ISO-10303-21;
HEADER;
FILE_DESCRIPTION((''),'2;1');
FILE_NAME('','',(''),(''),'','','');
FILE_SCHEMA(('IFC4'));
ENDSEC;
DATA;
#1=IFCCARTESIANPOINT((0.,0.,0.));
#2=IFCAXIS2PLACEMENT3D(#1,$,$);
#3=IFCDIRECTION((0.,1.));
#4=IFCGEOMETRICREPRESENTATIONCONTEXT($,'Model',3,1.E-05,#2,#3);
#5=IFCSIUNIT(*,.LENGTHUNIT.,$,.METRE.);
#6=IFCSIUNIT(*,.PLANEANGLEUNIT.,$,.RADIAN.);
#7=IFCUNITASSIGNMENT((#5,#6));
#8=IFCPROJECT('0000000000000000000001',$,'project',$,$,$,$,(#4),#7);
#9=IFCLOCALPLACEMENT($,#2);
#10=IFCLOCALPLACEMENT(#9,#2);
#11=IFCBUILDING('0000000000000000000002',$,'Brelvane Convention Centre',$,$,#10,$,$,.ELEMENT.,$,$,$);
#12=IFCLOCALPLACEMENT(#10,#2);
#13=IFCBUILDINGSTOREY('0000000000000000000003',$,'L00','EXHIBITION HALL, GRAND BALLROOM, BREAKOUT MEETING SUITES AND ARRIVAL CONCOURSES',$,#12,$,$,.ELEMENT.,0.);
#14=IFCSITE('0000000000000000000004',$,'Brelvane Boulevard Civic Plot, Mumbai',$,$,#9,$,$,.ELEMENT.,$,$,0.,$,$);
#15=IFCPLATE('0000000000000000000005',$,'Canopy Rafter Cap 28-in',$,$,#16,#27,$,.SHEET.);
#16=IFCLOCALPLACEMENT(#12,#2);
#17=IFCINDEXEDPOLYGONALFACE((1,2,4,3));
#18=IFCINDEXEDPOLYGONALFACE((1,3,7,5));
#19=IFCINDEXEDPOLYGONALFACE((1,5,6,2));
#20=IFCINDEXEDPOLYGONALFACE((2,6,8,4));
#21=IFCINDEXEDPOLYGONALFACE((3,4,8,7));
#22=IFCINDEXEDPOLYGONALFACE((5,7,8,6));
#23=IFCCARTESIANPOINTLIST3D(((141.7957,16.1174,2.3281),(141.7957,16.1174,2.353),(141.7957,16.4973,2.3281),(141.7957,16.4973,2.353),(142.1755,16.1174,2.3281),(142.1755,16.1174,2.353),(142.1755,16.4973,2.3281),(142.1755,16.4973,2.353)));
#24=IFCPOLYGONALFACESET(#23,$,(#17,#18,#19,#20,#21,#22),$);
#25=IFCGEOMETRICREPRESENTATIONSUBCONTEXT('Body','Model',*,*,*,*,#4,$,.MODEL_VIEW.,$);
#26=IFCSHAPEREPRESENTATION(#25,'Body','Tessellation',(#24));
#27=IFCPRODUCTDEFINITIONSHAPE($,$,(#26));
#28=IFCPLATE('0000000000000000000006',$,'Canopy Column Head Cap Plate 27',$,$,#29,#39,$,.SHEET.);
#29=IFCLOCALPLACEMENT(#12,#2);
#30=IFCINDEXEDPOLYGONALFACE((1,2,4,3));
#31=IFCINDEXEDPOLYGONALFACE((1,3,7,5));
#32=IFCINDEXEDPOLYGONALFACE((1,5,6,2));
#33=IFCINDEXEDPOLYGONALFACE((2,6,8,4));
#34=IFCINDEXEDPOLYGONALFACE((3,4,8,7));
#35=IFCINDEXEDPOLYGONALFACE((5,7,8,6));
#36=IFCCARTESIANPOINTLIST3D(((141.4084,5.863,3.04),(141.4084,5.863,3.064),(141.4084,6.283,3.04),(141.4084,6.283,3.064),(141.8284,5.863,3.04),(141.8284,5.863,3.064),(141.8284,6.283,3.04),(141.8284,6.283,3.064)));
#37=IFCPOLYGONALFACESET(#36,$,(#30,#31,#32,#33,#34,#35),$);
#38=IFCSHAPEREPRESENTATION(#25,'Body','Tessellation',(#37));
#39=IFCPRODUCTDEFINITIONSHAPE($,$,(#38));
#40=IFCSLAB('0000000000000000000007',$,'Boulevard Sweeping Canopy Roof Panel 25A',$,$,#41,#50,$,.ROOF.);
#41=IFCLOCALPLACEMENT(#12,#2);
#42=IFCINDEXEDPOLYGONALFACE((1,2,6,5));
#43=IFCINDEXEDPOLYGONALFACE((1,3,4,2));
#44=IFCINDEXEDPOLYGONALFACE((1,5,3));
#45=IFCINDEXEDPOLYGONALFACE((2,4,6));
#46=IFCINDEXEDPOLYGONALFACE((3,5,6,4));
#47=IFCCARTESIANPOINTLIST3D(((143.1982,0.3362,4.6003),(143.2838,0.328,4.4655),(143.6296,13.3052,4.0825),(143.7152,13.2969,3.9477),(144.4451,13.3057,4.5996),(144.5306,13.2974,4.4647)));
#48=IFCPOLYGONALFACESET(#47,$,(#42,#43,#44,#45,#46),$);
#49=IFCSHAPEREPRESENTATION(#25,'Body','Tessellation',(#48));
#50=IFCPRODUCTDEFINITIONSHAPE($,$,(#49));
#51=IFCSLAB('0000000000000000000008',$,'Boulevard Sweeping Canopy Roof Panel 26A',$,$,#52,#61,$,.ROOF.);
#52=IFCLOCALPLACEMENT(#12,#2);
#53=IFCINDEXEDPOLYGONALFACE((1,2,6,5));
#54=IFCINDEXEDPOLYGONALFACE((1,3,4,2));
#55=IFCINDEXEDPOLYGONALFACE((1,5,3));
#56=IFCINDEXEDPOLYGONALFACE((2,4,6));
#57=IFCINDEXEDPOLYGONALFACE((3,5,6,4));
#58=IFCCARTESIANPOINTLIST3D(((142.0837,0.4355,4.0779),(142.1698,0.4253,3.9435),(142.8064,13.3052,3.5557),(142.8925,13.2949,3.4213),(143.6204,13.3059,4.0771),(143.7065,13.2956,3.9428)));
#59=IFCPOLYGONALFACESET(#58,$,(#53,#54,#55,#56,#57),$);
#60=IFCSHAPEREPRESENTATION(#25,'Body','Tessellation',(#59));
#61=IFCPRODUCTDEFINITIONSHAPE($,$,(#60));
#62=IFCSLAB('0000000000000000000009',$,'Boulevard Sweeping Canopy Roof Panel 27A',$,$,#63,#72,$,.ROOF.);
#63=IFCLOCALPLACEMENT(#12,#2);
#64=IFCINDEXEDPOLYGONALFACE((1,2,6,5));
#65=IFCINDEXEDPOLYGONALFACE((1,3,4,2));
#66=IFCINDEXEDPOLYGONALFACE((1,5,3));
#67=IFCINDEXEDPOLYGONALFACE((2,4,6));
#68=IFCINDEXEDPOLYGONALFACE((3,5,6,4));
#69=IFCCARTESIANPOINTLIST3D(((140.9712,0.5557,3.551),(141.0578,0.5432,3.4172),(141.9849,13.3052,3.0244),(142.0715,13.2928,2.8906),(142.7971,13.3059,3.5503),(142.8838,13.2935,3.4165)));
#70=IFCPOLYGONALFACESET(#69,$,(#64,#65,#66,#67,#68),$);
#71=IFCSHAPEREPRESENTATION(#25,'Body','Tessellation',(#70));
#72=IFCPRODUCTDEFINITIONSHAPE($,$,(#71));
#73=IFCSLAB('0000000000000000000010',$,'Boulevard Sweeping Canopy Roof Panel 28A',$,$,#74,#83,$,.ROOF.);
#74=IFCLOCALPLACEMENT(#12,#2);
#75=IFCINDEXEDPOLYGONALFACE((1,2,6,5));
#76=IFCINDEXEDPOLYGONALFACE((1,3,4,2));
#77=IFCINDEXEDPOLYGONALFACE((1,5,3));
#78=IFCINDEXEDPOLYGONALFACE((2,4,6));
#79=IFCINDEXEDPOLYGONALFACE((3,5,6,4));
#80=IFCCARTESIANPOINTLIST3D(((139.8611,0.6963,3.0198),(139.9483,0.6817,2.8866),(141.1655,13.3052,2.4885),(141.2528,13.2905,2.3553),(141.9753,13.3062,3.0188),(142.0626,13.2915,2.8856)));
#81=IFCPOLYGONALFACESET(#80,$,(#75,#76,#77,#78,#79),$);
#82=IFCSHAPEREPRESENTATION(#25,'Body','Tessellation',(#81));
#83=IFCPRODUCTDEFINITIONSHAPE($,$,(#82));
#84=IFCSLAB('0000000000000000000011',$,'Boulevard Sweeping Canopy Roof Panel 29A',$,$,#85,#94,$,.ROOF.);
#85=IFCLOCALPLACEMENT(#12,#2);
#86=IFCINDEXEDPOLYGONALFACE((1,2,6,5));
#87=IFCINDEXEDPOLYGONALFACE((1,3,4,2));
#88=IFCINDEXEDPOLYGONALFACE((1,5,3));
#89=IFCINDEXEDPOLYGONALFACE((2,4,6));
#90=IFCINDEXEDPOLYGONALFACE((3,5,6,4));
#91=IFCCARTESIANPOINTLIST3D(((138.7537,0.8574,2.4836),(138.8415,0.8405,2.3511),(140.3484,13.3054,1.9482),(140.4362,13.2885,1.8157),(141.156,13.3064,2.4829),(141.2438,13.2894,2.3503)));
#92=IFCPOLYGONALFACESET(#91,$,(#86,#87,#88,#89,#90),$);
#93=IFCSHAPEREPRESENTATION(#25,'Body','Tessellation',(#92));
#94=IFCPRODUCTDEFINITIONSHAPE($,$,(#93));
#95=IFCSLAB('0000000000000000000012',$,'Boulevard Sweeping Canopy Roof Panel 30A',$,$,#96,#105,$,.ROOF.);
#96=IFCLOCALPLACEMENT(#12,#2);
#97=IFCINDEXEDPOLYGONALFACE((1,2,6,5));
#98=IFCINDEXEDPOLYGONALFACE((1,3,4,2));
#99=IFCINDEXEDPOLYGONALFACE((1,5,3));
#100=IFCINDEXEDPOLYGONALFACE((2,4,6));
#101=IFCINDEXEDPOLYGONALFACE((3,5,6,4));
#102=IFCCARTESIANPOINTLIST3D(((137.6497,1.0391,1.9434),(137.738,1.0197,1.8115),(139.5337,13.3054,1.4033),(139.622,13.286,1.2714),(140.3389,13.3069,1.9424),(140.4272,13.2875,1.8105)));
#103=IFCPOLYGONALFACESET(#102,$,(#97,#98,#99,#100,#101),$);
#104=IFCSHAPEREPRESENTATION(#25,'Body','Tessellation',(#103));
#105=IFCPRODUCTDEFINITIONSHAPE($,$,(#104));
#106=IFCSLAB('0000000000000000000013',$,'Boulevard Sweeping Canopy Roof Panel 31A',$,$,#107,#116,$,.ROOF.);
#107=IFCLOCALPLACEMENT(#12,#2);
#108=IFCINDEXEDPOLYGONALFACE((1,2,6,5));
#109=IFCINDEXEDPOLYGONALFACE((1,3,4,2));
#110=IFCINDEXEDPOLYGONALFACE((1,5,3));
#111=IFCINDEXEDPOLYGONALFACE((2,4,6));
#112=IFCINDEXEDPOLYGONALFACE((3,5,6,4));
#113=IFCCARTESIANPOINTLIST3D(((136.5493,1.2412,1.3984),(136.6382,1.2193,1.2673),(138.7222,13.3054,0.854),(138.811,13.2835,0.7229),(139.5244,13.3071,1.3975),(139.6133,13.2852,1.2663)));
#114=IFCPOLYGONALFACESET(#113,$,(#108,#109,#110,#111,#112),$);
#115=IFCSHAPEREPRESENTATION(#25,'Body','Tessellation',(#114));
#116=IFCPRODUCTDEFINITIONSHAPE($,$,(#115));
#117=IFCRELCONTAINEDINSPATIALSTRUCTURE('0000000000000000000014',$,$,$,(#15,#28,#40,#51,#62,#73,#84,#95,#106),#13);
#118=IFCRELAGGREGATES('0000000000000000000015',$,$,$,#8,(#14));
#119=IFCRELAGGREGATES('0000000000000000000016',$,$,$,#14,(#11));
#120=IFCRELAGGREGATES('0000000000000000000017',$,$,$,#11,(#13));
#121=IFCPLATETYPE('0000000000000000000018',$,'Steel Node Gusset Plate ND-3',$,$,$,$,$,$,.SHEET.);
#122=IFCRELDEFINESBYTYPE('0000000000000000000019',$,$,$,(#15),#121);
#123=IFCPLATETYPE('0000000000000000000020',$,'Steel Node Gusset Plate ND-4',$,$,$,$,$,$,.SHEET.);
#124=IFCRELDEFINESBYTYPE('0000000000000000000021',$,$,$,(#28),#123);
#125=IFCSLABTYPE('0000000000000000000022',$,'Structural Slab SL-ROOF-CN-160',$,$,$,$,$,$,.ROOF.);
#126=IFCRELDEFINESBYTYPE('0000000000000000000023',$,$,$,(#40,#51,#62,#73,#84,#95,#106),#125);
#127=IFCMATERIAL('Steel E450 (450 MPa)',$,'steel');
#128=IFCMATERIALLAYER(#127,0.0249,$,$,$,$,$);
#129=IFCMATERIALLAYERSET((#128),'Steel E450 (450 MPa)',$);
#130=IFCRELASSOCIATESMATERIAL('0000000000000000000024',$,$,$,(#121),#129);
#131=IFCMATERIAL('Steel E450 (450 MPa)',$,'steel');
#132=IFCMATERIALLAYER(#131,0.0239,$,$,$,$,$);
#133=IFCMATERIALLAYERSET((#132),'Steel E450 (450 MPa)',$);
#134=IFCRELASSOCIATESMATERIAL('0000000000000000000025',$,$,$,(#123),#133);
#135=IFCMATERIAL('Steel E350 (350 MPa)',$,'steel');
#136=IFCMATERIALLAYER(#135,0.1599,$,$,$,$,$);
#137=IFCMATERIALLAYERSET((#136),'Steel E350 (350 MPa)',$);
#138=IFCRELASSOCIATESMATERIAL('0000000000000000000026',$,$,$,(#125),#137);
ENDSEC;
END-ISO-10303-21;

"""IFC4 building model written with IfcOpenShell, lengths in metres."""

from ifc_helpers import new_model, si_unit, direction, frame, origin, origin_2d, place, context, subcontext, project, spatial, polyline, rectangle, outline, extrude, material, layer, layer_set, type_object, element, save


model = new_model("IFC4")

# Units and contexts
model_context = context("Model", 3, precision=1e-05, world=origin(), true_north=direction((0.0, 1.0)))
body_context = subcontext(model_context, "Body", "Model", "MODEL_VIEW")
ifc_project = project(units=[si_unit("LENGTHUNIT", "METRE"), si_unit("PLANEANGLEUNIT", "RADIAN")], contexts=[model_context])

# Site, building, storey
site_placement = place(None, origin())
site = spatial("IfcSite", under=ifc_project, at=site_placement, Name="Brelvane Boulevard Civic Plot, Mumbai", CompositionType="ELEMENT", RefElevation=0.0)
building_placement = place(site_placement, origin())
building = spatial("IfcBuilding", under=site, at=building_placement, Name="Brelvane Convention Centre", CompositionType="ELEMENT")
storey_placement = place(building_placement, origin())
storey = spatial("IfcBuildingStorey", under=building, at=storey_placement, Name="L00", Description="EXHIBITION HALL, GRAND BALLROOM, BREAKOUT MEETING SUITES AND ARRIVAL CONCOURSES", CompositionType="ELEMENT", Elevation=0.0)

# Plates
ifc_material_1 = material(Name="Steel E450 (450 MPa)", Category="steel")
ifc_layer_1 = layer(ifc_material_1, 0.0249)
ifc_layer_set_1 = layer_set([ifc_layer_1], Name="Steel E450 (450 MPa)")
plate_type_1 = type_object("IfcPlateType", Name="Steel Node Gusset Plate ND-3", PredefinedType="SHEET", material=ifc_layer_set_1)
for number, where, z_axis, x_axis, name in (
    (1, (141.9856, 16.3074, 2.3281), (0.0, 0.0, 1.0), (1.0, 0.0, 0.0), "Canopy Rafter Cap 28-in"),
):
    element("IfcPlate", number, at=place(storey_placement, frame(where, z_axis=z_axis, x_axis=x_axis)), inside=storey, type_object=plate_type_1, Name=name, PredefinedType="SHEET", context=body_context, shape_type="SweptSolid", body=[
        extrude(rectangle(XDim=0.3799, YDim=0.3799, at=origin_2d()), origin(), (0.0, 0.0, 1.0), 0.0249),
    ])
ifc_material_2 = material(Name="Steel E450 (450 MPa)", Category="steel")
ifc_layer_2 = layer(ifc_material_2, 0.0239)
ifc_layer_set_2 = layer_set([ifc_layer_2], Name="Steel E450 (450 MPa)")
plate_type_2 = type_object("IfcPlateType", Name="Steel Node Gusset Plate ND-4", PredefinedType="SHEET", material=ifc_layer_set_2)
plate_placement = place(storey_placement, frame((141.6184, 6.073, 3.04), z_axis=(0.0, 0.0, 1.0), x_axis=(1.0, 0.0, 0.0)))
element("IfcPlate", 2, at=plate_placement, inside=storey, type_object=plate_type_2, Name="Canopy Column Head Cap Plate 27", PredefinedType="SHEET", context=body_context, shape_type="SweptSolid", body=[
    extrude(rectangle(XDim=0.4199, YDim=0.4199, at=origin_2d()), origin(), (0.0, 0.0, 1.0), 0.0239),
])

# Slabs
ifc_material_3 = material(Name="Steel E350 (350 MPa)", Category="steel")
ifc_layer_3 = layer(ifc_material_3, 0.1599)
ifc_layer_set_3 = layer_set([ifc_layer_3], Name="Steel E350 (350 MPa)")
slab_type = type_object("IfcSlabType", Name="Structural Slab SL-ROOF-CN-160", PredefinedType="ROOF", material=ifc_layer_set_3)
slab_1_placement = place(storey_placement, frame((144.4451, 13.3057, 4.5996), z_axis=(-0.534846, 0.051465, 0.843381), x_axis=(-0.095694, -0.995411, 0.000056)))
element("IfcSlab", 3, at=slab_1_placement, inside=storey, type_object=slab_type, Name="Boulevard Sweeping Canopy Roof Panel 25A", PredefinedType="ROOF", context=body_context, shape_type="SweptSolid", body=[
    extrude(outline(polyline([(0.0, 0.0), (13.0293, 0.0), (0.0785, -0.9624), (0.0, 0.0)])), origin(), (0.0, 0.0, -1.0), 0.1599),
])
slab_2_placement = place(storey_placement, frame((143.6204, 13.3059, 4.0771), z_axis=(-0.538379, 0.064326, 0.840244), x_axis=(-0.11855, -0.992948, 0.000057)))
element("IfcSlab", 4, at=slab_2_placement, inside=storey, type_object=slab_type, Name="Boulevard Sweeping Canopy Roof Panel 26A", PredefinedType="ROOF", context=body_context, shape_type="SweptSolid", body=[
    extrude(outline(polyline([(0.0, 0.0), (12.9618, 0.0), (0.0972, -0.9618), (0.0, 0.0)])), origin(), (0.0, 0.0, -1.0), 0.1599),
])
slab_3_placement = place(storey_placement, frame((142.7971, 13.3059, 3.5503), z_axis=(-0.541879, 0.077649, 0.836862), x_axis=(-0.141761, -0.989901, 0.000057)))
element("IfcSlab", 5, at=slab_3_placement, inside=storey, type_object=slab_type, Name="Boulevard Sweeping Canopy Roof Panel 27A", PredefinedType="ROOF", context=body_context, shape_type="SweptSolid", body=[
    extrude(outline(polyline([(0.0, 0.0), (12.8803, 0.0), (0.1158, -0.9607), (0.0, 0.0)])), origin(), (0.0, 0.0, -1.0), 0.1599),
])
slab_4_placement = place(storey_placement, frame((141.9753, 13.3062, 3.0188), z_axis=(-0.54559, 0.091542, 0.833037), x_axis=(-0.165359, -0.986233, 0.000076)))
element("IfcSlab", 6, at=slab_4_placement, inside=storey, type_object=slab_type, Name="Boulevard Sweeping Canopy Roof Panel 28A", PredefinedType="ROOF", context=body_context, shape_type="SweptSolid", body=[
    extrude(outline(polyline([(0.0, 0.0), (12.7859, 0.0), (0.1348, -0.9585), (0.0, 0.0)])), origin(), (0.0, 0.0, -1.0), 0.1599),
])
slab_5_placement = place(storey_placement, frame((141.156, 13.3064, 2.4829), z_axis=(-0.549001, 0.105992, 0.829074), x_axis=(-0.189479, -0.981885, 0.000058)))
element("IfcSlab", 7, at=slab_5_placement, inside=storey, type_object=slab_type, Name="Boulevard Sweeping Canopy Roof Panel 29A", PredefinedType="ROOF", context=body_context, shape_type="SweptSolid", body=[
    extrude(outline(polyline([(0.0, 0.0), (12.6787, 0.0), (0.154, -0.9563), (0.0, 0.0)])), origin(), (0.0, 0.0, -1.0), 0.1599),
])
slab_6_placement = place(storey_placement, frame((140.3389, 13.3069, 1.9424), z_axis=(-0.552381, 0.121152, 0.82474), x_axis=(-0.214124, -0.976806, 0.000078)))
element("IfcSlab", 8, at=slab_6_placement, inside=storey, type_object=slab_type, Name="Boulevard Sweeping Canopy Roof Panel 30A", PredefinedType="ROOF", context=body_context, shape_type="SweptSolid", body=[
    extrude(outline(polyline([(0.0, 0.0), (12.5591, 0.0), (0.1738, -0.9533), (0.0, 0.0)])), origin(), (0.0, 0.0, -1.0), 0.1599),
])
slab_7_placement = place(storey_placement, frame((139.5244, 13.3071, 1.3975), z_axis=(-0.555752, 0.137098, 0.819965), x_axis=(-0.2394, -0.970921, 0.000079)))
element("IfcSlab", 9, at=slab_7_placement, inside=storey, type_object=slab_type, Name="Boulevard Sweeping Canopy Roof Panel 31A", PredefinedType="ROOF", context=body_context, shape_type="SweptSolid", body=[
    extrude(outline(polyline([(0.0, 0.0), (12.4273, 0.0), (0.1937, -0.9494), (0.0, 0.0)])), origin(), (0.0, 0.0, -1.0), 0.1599),
])

save(model, "model.ifc")
